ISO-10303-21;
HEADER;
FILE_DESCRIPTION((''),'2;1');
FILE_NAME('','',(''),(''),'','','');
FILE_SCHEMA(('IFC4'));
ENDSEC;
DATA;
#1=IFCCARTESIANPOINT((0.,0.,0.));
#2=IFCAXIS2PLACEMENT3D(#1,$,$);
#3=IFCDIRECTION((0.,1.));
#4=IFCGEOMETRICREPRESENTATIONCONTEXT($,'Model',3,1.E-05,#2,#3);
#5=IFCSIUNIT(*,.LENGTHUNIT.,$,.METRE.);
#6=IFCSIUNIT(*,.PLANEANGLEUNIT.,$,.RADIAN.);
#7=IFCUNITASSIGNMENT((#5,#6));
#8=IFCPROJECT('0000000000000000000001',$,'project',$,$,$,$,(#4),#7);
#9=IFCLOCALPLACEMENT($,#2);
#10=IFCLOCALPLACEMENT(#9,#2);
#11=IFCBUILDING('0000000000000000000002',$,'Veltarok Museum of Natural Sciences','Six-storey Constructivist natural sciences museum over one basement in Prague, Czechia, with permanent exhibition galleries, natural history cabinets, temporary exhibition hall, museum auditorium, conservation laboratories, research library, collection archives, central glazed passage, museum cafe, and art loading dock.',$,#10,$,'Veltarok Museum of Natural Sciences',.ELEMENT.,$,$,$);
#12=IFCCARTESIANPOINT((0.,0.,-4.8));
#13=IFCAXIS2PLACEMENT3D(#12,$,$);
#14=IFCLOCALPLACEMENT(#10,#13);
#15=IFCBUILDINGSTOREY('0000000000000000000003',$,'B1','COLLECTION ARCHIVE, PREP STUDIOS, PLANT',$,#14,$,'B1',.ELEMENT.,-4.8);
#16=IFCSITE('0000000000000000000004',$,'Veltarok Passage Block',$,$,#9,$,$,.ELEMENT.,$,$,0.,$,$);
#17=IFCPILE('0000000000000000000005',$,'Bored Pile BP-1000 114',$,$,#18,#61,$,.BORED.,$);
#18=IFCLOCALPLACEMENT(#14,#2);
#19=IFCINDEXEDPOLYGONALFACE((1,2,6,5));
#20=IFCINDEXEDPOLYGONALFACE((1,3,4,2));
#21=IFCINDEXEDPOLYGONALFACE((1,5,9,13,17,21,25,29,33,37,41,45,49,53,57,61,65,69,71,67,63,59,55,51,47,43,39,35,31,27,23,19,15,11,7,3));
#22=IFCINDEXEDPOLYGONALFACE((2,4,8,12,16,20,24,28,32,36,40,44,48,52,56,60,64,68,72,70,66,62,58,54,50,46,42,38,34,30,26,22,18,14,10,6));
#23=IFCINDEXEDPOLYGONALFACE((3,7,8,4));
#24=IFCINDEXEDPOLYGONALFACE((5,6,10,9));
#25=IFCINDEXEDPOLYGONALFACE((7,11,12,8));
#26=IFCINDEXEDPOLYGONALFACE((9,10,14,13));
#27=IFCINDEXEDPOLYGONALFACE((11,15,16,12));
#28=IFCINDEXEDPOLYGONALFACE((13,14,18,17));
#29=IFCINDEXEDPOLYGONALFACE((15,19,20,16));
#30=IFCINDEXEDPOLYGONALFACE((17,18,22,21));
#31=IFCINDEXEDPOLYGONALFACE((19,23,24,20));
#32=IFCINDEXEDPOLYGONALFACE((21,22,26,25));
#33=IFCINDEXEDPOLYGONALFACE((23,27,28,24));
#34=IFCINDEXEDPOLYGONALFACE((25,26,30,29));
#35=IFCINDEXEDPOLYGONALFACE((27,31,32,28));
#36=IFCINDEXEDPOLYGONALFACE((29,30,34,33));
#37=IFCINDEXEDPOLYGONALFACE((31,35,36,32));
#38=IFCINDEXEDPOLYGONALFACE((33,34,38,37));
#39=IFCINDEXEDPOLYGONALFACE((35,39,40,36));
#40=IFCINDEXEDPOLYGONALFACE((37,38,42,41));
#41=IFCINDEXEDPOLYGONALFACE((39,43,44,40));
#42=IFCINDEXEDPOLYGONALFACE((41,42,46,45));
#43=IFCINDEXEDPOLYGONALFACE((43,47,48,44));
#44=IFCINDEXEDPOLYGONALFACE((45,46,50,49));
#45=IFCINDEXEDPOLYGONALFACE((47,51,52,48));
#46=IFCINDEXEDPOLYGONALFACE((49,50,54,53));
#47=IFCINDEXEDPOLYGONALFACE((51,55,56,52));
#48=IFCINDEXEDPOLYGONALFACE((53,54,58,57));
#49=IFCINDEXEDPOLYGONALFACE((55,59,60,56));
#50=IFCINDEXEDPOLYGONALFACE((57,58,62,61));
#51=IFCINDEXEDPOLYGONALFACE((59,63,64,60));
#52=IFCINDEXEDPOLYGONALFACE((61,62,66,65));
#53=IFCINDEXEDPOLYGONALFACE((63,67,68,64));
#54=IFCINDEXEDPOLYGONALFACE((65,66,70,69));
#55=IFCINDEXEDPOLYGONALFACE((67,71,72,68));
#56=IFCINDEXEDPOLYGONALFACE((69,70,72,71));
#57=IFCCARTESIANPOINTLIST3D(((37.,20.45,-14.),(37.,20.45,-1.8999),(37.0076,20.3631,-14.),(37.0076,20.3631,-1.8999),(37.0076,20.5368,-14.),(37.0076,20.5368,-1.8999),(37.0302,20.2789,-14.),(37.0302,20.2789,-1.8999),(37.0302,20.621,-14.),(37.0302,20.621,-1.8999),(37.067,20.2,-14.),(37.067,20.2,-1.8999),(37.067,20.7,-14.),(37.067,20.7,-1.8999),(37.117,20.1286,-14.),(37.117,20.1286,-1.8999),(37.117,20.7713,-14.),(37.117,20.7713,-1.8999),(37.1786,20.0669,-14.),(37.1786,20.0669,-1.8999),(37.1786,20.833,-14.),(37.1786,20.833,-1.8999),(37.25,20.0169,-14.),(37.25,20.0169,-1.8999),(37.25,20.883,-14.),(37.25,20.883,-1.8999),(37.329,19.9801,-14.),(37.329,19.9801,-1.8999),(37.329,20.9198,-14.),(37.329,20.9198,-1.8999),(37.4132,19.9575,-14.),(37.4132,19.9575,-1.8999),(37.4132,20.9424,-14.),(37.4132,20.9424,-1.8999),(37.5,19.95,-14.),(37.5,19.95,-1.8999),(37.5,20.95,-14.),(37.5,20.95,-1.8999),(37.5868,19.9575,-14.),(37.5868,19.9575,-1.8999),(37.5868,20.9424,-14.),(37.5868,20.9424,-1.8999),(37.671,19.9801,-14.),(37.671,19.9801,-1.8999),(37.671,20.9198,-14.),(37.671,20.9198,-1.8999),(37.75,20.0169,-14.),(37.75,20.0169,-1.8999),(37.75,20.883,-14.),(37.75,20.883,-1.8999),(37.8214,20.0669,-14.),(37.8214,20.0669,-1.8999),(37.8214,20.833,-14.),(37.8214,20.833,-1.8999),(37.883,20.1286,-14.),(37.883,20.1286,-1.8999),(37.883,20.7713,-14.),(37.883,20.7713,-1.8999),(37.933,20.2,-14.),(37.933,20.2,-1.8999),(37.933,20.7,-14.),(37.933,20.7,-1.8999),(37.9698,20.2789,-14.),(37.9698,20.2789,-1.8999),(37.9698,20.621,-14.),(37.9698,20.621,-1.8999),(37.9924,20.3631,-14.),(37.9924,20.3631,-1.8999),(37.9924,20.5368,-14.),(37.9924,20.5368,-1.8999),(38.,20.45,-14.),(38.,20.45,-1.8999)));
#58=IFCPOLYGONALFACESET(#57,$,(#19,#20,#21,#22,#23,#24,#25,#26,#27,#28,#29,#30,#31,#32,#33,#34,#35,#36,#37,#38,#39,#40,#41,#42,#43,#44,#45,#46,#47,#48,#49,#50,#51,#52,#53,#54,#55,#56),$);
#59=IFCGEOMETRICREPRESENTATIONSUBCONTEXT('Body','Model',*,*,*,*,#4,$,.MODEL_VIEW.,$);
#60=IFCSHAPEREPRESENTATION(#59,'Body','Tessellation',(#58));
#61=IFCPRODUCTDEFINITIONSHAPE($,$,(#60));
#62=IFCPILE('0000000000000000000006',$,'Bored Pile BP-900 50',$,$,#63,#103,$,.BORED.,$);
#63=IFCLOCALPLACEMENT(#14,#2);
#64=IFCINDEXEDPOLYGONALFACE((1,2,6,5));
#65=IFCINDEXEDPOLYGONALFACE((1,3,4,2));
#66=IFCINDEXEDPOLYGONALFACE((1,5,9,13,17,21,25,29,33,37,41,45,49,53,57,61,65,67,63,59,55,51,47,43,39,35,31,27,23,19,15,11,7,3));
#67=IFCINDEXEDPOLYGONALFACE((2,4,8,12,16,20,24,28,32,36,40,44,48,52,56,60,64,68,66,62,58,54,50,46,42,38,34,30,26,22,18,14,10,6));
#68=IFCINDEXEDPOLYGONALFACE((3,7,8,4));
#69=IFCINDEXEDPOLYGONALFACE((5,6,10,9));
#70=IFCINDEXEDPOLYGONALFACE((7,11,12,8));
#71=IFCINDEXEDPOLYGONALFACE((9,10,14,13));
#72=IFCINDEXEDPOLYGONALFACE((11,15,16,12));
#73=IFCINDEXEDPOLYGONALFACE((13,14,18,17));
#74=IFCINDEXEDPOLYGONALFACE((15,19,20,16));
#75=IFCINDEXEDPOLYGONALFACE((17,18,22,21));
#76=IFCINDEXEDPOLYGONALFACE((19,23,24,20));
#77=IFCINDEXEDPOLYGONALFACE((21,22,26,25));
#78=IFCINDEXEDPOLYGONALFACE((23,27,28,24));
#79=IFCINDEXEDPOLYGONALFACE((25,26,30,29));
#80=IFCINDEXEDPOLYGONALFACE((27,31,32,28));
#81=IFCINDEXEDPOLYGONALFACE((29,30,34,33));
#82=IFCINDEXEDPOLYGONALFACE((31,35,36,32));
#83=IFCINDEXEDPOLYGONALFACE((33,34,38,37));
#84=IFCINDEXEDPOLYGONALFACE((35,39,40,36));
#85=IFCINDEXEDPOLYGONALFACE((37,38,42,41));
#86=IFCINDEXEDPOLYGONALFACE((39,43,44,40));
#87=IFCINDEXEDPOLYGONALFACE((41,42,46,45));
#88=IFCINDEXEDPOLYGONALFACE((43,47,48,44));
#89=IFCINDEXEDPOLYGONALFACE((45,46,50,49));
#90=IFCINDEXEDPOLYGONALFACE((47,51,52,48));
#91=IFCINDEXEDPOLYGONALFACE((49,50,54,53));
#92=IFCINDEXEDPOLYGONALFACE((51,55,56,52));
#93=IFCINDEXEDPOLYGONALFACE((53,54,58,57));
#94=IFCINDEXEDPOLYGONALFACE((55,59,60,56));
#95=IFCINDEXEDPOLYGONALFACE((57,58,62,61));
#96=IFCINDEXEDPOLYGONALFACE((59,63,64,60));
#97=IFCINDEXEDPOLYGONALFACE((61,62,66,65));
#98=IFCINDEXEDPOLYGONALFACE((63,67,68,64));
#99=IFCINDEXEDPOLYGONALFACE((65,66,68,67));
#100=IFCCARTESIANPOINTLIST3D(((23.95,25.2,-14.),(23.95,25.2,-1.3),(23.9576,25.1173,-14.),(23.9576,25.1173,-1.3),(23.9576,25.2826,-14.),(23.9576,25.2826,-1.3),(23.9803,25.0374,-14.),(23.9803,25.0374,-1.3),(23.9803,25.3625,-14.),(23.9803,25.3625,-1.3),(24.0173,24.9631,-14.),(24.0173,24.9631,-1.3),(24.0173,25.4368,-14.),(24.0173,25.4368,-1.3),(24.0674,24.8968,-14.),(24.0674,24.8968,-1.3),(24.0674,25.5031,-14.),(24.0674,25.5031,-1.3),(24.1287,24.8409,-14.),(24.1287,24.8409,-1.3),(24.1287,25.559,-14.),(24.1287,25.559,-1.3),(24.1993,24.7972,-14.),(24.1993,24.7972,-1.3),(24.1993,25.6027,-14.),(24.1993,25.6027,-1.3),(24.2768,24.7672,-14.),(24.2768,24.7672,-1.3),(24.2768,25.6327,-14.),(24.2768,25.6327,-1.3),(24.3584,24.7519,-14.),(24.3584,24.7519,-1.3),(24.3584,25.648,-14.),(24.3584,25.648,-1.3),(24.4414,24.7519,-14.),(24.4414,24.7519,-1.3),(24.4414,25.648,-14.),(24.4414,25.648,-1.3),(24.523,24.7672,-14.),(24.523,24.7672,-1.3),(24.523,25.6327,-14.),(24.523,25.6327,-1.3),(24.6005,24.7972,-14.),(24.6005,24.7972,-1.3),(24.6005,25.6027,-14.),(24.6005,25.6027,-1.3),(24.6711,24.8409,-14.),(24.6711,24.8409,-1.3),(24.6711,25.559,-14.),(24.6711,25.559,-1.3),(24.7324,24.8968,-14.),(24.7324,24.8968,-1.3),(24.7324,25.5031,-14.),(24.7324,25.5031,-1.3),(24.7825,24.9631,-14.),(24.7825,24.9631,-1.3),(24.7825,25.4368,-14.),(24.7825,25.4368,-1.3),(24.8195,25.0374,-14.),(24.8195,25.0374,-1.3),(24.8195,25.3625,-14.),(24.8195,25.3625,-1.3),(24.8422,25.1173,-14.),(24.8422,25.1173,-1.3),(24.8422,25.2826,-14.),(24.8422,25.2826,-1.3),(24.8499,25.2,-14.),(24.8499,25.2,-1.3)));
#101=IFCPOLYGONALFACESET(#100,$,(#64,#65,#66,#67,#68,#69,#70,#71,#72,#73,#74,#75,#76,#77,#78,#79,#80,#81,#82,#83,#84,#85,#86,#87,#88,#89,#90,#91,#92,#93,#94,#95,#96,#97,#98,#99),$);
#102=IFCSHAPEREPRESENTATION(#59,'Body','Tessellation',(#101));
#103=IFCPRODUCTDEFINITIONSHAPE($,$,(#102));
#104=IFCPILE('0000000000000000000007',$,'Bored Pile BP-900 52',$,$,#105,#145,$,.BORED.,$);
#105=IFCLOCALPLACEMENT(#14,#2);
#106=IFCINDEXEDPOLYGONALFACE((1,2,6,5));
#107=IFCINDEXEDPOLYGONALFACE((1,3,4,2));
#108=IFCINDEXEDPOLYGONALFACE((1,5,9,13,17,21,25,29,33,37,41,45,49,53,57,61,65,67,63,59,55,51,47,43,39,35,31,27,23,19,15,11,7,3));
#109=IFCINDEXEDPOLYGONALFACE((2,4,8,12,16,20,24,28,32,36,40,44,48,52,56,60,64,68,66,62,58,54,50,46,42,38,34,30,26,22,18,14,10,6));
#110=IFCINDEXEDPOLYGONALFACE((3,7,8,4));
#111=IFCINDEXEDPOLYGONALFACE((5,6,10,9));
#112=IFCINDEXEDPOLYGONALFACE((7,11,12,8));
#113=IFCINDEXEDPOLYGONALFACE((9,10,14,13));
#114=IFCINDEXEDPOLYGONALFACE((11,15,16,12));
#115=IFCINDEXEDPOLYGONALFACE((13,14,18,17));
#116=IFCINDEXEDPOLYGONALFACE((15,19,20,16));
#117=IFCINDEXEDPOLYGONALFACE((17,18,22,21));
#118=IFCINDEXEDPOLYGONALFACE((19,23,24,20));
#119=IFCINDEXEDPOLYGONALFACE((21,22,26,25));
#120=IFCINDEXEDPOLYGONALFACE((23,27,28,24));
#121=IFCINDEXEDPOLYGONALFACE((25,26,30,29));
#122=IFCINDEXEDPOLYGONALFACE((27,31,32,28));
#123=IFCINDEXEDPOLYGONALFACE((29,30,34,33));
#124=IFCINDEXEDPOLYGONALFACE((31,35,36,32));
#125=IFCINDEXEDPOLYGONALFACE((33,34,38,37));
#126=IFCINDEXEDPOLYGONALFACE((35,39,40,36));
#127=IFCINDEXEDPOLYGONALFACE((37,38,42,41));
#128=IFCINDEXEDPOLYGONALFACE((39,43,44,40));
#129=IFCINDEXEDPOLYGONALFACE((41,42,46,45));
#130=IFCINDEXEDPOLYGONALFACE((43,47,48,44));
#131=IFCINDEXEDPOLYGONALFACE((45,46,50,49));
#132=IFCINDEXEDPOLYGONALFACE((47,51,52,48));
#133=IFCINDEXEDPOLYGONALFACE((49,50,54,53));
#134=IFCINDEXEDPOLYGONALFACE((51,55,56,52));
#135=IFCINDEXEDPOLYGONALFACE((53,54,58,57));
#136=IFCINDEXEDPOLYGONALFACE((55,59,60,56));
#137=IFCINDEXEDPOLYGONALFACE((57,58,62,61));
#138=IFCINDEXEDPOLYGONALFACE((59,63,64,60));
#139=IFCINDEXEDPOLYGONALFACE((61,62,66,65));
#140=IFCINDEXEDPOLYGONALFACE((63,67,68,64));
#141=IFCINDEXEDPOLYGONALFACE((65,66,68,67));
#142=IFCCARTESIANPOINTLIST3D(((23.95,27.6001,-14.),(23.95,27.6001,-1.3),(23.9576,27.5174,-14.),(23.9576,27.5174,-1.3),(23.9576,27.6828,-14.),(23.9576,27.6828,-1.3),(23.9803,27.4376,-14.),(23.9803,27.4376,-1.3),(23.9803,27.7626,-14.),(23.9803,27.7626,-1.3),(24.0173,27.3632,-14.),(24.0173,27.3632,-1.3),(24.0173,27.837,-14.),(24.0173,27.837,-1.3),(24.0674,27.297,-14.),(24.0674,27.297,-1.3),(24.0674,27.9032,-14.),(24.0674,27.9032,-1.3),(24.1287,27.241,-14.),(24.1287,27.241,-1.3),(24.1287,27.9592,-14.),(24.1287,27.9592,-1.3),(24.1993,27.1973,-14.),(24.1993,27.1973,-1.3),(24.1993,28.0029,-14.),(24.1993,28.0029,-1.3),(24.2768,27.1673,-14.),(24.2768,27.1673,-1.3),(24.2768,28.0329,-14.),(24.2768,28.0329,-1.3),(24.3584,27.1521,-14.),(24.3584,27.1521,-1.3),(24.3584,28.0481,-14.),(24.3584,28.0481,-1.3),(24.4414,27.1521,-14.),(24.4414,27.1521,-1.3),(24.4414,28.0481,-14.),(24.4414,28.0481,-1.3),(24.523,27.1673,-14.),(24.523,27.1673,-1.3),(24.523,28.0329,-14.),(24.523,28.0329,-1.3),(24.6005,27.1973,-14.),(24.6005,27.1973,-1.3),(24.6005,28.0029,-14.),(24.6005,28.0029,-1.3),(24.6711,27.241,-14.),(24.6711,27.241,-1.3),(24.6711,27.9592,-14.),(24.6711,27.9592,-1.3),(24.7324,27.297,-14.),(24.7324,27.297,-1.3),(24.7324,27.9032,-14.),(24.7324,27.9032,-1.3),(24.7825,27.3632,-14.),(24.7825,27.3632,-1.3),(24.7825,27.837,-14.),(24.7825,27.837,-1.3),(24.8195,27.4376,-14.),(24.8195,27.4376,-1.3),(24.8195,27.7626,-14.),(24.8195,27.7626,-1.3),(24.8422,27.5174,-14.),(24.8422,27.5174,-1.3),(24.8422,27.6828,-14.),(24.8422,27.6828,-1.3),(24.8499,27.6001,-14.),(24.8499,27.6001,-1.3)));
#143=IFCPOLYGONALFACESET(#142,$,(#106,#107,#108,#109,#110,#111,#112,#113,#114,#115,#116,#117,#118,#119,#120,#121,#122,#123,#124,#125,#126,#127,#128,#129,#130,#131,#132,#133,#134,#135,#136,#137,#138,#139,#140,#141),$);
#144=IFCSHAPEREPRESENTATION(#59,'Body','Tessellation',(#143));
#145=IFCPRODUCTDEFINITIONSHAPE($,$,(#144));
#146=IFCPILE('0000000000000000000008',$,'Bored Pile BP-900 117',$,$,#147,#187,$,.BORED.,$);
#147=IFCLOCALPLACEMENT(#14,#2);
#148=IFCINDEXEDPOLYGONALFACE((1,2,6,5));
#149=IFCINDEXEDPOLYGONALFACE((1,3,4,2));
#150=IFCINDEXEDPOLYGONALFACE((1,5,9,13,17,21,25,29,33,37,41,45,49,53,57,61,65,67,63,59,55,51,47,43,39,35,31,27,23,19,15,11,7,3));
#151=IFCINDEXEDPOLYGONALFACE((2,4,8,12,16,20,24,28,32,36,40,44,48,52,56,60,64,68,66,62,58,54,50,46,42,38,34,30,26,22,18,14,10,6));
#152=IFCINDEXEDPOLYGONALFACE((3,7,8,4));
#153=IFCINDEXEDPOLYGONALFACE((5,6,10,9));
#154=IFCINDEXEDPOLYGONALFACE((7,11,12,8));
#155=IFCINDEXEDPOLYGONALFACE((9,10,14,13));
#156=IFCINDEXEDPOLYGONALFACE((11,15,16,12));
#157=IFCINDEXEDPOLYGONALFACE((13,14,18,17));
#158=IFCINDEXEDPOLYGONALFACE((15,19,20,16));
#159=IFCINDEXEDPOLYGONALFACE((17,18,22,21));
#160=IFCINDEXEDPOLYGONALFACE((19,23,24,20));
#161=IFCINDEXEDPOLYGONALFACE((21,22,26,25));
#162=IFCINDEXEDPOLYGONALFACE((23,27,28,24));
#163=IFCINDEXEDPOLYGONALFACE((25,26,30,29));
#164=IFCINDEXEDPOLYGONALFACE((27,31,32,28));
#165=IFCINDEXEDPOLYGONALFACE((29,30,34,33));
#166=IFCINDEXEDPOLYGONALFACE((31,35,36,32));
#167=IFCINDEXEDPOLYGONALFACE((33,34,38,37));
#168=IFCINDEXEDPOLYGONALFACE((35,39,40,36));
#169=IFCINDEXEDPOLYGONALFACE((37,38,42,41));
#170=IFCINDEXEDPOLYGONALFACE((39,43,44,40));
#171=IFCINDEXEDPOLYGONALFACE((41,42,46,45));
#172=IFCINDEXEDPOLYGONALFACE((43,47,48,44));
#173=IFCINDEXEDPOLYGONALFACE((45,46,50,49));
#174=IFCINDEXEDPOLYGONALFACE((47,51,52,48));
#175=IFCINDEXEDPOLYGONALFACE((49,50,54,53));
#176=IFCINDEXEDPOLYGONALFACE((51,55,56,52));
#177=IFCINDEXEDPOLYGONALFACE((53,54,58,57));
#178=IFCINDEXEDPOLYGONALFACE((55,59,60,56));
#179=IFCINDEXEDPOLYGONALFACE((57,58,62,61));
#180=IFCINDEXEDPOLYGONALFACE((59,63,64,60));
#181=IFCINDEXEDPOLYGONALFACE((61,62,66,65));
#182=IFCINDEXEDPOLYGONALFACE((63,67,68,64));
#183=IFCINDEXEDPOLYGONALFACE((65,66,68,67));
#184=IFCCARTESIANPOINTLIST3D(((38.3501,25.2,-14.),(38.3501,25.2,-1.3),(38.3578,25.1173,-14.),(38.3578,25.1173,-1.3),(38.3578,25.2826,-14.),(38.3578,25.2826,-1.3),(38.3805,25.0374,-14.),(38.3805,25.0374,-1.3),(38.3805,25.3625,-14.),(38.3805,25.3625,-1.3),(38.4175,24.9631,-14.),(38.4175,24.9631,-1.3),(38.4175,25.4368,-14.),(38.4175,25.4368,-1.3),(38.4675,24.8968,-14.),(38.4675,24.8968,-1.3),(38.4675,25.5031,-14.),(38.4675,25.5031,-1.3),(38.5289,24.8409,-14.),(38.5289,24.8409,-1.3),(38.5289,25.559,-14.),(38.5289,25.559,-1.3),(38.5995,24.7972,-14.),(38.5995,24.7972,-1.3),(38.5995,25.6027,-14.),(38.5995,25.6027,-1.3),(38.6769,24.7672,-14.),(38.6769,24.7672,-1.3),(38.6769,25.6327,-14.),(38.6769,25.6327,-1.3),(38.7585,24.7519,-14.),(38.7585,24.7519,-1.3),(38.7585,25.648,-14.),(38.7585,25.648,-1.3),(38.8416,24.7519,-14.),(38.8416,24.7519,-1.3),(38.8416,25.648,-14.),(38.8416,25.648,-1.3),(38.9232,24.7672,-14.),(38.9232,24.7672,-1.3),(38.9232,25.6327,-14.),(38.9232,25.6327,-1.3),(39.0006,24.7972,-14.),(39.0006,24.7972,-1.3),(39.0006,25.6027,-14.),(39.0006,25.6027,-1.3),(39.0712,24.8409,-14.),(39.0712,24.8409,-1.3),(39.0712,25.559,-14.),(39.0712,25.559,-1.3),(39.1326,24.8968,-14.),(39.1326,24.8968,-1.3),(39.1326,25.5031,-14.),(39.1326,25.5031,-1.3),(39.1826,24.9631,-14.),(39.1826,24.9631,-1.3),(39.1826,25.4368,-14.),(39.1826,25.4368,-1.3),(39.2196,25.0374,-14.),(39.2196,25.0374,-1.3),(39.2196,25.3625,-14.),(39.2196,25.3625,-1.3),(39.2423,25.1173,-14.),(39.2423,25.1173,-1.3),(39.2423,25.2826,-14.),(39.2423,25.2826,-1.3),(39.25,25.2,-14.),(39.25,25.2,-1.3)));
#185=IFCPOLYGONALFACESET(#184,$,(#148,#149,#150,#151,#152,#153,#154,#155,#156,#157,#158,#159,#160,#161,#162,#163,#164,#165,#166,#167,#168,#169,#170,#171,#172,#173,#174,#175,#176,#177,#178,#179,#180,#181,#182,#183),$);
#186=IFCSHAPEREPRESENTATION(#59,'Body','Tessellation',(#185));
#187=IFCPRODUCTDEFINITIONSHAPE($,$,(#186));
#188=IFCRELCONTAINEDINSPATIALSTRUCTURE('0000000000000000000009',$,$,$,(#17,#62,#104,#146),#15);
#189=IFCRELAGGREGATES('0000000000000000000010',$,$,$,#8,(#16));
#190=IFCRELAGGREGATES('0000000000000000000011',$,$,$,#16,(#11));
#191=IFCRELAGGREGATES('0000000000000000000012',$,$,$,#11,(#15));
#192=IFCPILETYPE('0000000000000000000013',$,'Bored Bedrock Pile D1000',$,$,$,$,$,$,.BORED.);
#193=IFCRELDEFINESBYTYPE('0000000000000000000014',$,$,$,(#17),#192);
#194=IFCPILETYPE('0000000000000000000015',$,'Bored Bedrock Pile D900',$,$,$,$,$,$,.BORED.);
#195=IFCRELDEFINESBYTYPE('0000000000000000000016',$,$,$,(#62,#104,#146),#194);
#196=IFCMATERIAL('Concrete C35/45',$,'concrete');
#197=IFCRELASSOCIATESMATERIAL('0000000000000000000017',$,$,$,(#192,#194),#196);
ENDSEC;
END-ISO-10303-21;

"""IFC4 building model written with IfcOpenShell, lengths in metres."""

from ifc_helpers import new_model, si_unit, direction, frame, origin, origin_2d, place, context, subcontext, project, spatial, circle, extrude, material, material_profile, profile_set, type_object, element, save


model = new_model("IFC4")

# Units and contexts
model_context = context("Model", 3, precision=1e-05, world=origin(), true_north=direction((0.0, 1.0)))
body_context = subcontext(model_context, "Body", "Model", "MODEL_VIEW")
ifc_project = project(units=[si_unit("LENGTHUNIT", "METRE"), si_unit("PLANEANGLEUNIT", "RADIAN")], contexts=[model_context])

# Site, building, storey
site_placement = place(None, origin())
site = spatial("IfcSite", under=ifc_project, at=site_placement, Name="Veltarok Passage Block", CompositionType="ELEMENT", RefElevation=0.0)
building_placement = place(site_placement, origin())
building = spatial("IfcBuilding", under=site, at=building_placement, Name="Veltarok Museum of Natural Sciences", Description="Six-storey Constructivist natural sciences museum over one basement in Prague, Czechia, with permanent exhibition galleries, natural history cabinets, temporary exhibition hall, museum auditorium, conservation laboratories, research library, collection archives, central glazed passage, museum cafe, and art loading dock.", LongName="Veltarok Museum of Natural Sciences", CompositionType="ELEMENT")
storey_placement = place(building_placement, frame((0.0, 0.0, -4.8)))
storey = spatial("IfcBuildingStorey", under=building, at=storey_placement, Name="B1", Description="COLLECTION ARCHIVE, PREP STUDIOS, PLANT", LongName="B1", CompositionType="ELEMENT", Elevation=-4.8)

# Piles
ifc_material_1 = material(Name="Concrete C35/45", Category="concrete")
ifc_material_profile_1 = material_profile(ifc_material_1, circle(Radius=0.5, at=origin_2d()), Name="BP D1000")
ifc_profile_set_1 = profile_set([ifc_material_profile_1], Name="Concrete C35/45")
pile_type_1 = type_object("IfcPileType", Name="Bored Bedrock Pile D1000", PredefinedType="BORED", material=ifc_profile_set_1)
pile_1_placement = place(storey_placement, frame((37.5, 20.45, -1.8999), z_axis=(0.0, 0.0, -1.0), x_axis=(1.0, 0.0, 0.0)))
element("IfcPile", 1, at=pile_1_placement, inside=storey, type_object=pile_type_1, Name="Bored Pile BP-1000 114", PredefinedType="BORED", context=body_context, shape_type="SweptSolid", body=[
    extrude(circle(Radius=0.5, at=origin_2d()), origin(), (0.0, 0.0, 1.0), 12.1001),
])
ifc_material_profile_2 = material_profile(ifc_material_1, circle(Radius=0.45, at=origin_2d()), Name="BP D900")
ifc_profile_set_2 = profile_set([ifc_material_profile_2], Name="Concrete C35/45")
pile_type_2 = type_object("IfcPileType", Name="Bored Bedrock Pile D900", PredefinedType="BORED", material=ifc_profile_set_2)
for number, where, z_axis, x_axis, name in (
    (2, (24.3999, 25.2, -1.3), (0.0, 0.0, -1.0), (1.0, 0.0, 0.0), "Bored Pile BP-900 50"),
    (3, (24.3999, 27.6001, -1.3), (0.0, 0.0, -1.0), (1.0, 0.0, 0.0), "Bored Pile BP-900 52"),
    (4, (38.8, 25.2, -1.3), (0.0, 0.0, -1.0), (1.0, 0.0, 0.0), "Bored Pile BP-900 117"),
):
    element("IfcPile", number, at=place(storey_placement, frame(where, z_axis=z_axis, x_axis=x_axis)), inside=storey, type_object=pile_type_2, Name=name, PredefinedType="BORED", context=body_context, shape_type="SweptSolid", body=[
        extrude(circle(Radius=0.45, at=origin_2d()), origin(), (0.0, 0.0, 1.0), 12.7),
    ])

save(model, "model.ifc")
